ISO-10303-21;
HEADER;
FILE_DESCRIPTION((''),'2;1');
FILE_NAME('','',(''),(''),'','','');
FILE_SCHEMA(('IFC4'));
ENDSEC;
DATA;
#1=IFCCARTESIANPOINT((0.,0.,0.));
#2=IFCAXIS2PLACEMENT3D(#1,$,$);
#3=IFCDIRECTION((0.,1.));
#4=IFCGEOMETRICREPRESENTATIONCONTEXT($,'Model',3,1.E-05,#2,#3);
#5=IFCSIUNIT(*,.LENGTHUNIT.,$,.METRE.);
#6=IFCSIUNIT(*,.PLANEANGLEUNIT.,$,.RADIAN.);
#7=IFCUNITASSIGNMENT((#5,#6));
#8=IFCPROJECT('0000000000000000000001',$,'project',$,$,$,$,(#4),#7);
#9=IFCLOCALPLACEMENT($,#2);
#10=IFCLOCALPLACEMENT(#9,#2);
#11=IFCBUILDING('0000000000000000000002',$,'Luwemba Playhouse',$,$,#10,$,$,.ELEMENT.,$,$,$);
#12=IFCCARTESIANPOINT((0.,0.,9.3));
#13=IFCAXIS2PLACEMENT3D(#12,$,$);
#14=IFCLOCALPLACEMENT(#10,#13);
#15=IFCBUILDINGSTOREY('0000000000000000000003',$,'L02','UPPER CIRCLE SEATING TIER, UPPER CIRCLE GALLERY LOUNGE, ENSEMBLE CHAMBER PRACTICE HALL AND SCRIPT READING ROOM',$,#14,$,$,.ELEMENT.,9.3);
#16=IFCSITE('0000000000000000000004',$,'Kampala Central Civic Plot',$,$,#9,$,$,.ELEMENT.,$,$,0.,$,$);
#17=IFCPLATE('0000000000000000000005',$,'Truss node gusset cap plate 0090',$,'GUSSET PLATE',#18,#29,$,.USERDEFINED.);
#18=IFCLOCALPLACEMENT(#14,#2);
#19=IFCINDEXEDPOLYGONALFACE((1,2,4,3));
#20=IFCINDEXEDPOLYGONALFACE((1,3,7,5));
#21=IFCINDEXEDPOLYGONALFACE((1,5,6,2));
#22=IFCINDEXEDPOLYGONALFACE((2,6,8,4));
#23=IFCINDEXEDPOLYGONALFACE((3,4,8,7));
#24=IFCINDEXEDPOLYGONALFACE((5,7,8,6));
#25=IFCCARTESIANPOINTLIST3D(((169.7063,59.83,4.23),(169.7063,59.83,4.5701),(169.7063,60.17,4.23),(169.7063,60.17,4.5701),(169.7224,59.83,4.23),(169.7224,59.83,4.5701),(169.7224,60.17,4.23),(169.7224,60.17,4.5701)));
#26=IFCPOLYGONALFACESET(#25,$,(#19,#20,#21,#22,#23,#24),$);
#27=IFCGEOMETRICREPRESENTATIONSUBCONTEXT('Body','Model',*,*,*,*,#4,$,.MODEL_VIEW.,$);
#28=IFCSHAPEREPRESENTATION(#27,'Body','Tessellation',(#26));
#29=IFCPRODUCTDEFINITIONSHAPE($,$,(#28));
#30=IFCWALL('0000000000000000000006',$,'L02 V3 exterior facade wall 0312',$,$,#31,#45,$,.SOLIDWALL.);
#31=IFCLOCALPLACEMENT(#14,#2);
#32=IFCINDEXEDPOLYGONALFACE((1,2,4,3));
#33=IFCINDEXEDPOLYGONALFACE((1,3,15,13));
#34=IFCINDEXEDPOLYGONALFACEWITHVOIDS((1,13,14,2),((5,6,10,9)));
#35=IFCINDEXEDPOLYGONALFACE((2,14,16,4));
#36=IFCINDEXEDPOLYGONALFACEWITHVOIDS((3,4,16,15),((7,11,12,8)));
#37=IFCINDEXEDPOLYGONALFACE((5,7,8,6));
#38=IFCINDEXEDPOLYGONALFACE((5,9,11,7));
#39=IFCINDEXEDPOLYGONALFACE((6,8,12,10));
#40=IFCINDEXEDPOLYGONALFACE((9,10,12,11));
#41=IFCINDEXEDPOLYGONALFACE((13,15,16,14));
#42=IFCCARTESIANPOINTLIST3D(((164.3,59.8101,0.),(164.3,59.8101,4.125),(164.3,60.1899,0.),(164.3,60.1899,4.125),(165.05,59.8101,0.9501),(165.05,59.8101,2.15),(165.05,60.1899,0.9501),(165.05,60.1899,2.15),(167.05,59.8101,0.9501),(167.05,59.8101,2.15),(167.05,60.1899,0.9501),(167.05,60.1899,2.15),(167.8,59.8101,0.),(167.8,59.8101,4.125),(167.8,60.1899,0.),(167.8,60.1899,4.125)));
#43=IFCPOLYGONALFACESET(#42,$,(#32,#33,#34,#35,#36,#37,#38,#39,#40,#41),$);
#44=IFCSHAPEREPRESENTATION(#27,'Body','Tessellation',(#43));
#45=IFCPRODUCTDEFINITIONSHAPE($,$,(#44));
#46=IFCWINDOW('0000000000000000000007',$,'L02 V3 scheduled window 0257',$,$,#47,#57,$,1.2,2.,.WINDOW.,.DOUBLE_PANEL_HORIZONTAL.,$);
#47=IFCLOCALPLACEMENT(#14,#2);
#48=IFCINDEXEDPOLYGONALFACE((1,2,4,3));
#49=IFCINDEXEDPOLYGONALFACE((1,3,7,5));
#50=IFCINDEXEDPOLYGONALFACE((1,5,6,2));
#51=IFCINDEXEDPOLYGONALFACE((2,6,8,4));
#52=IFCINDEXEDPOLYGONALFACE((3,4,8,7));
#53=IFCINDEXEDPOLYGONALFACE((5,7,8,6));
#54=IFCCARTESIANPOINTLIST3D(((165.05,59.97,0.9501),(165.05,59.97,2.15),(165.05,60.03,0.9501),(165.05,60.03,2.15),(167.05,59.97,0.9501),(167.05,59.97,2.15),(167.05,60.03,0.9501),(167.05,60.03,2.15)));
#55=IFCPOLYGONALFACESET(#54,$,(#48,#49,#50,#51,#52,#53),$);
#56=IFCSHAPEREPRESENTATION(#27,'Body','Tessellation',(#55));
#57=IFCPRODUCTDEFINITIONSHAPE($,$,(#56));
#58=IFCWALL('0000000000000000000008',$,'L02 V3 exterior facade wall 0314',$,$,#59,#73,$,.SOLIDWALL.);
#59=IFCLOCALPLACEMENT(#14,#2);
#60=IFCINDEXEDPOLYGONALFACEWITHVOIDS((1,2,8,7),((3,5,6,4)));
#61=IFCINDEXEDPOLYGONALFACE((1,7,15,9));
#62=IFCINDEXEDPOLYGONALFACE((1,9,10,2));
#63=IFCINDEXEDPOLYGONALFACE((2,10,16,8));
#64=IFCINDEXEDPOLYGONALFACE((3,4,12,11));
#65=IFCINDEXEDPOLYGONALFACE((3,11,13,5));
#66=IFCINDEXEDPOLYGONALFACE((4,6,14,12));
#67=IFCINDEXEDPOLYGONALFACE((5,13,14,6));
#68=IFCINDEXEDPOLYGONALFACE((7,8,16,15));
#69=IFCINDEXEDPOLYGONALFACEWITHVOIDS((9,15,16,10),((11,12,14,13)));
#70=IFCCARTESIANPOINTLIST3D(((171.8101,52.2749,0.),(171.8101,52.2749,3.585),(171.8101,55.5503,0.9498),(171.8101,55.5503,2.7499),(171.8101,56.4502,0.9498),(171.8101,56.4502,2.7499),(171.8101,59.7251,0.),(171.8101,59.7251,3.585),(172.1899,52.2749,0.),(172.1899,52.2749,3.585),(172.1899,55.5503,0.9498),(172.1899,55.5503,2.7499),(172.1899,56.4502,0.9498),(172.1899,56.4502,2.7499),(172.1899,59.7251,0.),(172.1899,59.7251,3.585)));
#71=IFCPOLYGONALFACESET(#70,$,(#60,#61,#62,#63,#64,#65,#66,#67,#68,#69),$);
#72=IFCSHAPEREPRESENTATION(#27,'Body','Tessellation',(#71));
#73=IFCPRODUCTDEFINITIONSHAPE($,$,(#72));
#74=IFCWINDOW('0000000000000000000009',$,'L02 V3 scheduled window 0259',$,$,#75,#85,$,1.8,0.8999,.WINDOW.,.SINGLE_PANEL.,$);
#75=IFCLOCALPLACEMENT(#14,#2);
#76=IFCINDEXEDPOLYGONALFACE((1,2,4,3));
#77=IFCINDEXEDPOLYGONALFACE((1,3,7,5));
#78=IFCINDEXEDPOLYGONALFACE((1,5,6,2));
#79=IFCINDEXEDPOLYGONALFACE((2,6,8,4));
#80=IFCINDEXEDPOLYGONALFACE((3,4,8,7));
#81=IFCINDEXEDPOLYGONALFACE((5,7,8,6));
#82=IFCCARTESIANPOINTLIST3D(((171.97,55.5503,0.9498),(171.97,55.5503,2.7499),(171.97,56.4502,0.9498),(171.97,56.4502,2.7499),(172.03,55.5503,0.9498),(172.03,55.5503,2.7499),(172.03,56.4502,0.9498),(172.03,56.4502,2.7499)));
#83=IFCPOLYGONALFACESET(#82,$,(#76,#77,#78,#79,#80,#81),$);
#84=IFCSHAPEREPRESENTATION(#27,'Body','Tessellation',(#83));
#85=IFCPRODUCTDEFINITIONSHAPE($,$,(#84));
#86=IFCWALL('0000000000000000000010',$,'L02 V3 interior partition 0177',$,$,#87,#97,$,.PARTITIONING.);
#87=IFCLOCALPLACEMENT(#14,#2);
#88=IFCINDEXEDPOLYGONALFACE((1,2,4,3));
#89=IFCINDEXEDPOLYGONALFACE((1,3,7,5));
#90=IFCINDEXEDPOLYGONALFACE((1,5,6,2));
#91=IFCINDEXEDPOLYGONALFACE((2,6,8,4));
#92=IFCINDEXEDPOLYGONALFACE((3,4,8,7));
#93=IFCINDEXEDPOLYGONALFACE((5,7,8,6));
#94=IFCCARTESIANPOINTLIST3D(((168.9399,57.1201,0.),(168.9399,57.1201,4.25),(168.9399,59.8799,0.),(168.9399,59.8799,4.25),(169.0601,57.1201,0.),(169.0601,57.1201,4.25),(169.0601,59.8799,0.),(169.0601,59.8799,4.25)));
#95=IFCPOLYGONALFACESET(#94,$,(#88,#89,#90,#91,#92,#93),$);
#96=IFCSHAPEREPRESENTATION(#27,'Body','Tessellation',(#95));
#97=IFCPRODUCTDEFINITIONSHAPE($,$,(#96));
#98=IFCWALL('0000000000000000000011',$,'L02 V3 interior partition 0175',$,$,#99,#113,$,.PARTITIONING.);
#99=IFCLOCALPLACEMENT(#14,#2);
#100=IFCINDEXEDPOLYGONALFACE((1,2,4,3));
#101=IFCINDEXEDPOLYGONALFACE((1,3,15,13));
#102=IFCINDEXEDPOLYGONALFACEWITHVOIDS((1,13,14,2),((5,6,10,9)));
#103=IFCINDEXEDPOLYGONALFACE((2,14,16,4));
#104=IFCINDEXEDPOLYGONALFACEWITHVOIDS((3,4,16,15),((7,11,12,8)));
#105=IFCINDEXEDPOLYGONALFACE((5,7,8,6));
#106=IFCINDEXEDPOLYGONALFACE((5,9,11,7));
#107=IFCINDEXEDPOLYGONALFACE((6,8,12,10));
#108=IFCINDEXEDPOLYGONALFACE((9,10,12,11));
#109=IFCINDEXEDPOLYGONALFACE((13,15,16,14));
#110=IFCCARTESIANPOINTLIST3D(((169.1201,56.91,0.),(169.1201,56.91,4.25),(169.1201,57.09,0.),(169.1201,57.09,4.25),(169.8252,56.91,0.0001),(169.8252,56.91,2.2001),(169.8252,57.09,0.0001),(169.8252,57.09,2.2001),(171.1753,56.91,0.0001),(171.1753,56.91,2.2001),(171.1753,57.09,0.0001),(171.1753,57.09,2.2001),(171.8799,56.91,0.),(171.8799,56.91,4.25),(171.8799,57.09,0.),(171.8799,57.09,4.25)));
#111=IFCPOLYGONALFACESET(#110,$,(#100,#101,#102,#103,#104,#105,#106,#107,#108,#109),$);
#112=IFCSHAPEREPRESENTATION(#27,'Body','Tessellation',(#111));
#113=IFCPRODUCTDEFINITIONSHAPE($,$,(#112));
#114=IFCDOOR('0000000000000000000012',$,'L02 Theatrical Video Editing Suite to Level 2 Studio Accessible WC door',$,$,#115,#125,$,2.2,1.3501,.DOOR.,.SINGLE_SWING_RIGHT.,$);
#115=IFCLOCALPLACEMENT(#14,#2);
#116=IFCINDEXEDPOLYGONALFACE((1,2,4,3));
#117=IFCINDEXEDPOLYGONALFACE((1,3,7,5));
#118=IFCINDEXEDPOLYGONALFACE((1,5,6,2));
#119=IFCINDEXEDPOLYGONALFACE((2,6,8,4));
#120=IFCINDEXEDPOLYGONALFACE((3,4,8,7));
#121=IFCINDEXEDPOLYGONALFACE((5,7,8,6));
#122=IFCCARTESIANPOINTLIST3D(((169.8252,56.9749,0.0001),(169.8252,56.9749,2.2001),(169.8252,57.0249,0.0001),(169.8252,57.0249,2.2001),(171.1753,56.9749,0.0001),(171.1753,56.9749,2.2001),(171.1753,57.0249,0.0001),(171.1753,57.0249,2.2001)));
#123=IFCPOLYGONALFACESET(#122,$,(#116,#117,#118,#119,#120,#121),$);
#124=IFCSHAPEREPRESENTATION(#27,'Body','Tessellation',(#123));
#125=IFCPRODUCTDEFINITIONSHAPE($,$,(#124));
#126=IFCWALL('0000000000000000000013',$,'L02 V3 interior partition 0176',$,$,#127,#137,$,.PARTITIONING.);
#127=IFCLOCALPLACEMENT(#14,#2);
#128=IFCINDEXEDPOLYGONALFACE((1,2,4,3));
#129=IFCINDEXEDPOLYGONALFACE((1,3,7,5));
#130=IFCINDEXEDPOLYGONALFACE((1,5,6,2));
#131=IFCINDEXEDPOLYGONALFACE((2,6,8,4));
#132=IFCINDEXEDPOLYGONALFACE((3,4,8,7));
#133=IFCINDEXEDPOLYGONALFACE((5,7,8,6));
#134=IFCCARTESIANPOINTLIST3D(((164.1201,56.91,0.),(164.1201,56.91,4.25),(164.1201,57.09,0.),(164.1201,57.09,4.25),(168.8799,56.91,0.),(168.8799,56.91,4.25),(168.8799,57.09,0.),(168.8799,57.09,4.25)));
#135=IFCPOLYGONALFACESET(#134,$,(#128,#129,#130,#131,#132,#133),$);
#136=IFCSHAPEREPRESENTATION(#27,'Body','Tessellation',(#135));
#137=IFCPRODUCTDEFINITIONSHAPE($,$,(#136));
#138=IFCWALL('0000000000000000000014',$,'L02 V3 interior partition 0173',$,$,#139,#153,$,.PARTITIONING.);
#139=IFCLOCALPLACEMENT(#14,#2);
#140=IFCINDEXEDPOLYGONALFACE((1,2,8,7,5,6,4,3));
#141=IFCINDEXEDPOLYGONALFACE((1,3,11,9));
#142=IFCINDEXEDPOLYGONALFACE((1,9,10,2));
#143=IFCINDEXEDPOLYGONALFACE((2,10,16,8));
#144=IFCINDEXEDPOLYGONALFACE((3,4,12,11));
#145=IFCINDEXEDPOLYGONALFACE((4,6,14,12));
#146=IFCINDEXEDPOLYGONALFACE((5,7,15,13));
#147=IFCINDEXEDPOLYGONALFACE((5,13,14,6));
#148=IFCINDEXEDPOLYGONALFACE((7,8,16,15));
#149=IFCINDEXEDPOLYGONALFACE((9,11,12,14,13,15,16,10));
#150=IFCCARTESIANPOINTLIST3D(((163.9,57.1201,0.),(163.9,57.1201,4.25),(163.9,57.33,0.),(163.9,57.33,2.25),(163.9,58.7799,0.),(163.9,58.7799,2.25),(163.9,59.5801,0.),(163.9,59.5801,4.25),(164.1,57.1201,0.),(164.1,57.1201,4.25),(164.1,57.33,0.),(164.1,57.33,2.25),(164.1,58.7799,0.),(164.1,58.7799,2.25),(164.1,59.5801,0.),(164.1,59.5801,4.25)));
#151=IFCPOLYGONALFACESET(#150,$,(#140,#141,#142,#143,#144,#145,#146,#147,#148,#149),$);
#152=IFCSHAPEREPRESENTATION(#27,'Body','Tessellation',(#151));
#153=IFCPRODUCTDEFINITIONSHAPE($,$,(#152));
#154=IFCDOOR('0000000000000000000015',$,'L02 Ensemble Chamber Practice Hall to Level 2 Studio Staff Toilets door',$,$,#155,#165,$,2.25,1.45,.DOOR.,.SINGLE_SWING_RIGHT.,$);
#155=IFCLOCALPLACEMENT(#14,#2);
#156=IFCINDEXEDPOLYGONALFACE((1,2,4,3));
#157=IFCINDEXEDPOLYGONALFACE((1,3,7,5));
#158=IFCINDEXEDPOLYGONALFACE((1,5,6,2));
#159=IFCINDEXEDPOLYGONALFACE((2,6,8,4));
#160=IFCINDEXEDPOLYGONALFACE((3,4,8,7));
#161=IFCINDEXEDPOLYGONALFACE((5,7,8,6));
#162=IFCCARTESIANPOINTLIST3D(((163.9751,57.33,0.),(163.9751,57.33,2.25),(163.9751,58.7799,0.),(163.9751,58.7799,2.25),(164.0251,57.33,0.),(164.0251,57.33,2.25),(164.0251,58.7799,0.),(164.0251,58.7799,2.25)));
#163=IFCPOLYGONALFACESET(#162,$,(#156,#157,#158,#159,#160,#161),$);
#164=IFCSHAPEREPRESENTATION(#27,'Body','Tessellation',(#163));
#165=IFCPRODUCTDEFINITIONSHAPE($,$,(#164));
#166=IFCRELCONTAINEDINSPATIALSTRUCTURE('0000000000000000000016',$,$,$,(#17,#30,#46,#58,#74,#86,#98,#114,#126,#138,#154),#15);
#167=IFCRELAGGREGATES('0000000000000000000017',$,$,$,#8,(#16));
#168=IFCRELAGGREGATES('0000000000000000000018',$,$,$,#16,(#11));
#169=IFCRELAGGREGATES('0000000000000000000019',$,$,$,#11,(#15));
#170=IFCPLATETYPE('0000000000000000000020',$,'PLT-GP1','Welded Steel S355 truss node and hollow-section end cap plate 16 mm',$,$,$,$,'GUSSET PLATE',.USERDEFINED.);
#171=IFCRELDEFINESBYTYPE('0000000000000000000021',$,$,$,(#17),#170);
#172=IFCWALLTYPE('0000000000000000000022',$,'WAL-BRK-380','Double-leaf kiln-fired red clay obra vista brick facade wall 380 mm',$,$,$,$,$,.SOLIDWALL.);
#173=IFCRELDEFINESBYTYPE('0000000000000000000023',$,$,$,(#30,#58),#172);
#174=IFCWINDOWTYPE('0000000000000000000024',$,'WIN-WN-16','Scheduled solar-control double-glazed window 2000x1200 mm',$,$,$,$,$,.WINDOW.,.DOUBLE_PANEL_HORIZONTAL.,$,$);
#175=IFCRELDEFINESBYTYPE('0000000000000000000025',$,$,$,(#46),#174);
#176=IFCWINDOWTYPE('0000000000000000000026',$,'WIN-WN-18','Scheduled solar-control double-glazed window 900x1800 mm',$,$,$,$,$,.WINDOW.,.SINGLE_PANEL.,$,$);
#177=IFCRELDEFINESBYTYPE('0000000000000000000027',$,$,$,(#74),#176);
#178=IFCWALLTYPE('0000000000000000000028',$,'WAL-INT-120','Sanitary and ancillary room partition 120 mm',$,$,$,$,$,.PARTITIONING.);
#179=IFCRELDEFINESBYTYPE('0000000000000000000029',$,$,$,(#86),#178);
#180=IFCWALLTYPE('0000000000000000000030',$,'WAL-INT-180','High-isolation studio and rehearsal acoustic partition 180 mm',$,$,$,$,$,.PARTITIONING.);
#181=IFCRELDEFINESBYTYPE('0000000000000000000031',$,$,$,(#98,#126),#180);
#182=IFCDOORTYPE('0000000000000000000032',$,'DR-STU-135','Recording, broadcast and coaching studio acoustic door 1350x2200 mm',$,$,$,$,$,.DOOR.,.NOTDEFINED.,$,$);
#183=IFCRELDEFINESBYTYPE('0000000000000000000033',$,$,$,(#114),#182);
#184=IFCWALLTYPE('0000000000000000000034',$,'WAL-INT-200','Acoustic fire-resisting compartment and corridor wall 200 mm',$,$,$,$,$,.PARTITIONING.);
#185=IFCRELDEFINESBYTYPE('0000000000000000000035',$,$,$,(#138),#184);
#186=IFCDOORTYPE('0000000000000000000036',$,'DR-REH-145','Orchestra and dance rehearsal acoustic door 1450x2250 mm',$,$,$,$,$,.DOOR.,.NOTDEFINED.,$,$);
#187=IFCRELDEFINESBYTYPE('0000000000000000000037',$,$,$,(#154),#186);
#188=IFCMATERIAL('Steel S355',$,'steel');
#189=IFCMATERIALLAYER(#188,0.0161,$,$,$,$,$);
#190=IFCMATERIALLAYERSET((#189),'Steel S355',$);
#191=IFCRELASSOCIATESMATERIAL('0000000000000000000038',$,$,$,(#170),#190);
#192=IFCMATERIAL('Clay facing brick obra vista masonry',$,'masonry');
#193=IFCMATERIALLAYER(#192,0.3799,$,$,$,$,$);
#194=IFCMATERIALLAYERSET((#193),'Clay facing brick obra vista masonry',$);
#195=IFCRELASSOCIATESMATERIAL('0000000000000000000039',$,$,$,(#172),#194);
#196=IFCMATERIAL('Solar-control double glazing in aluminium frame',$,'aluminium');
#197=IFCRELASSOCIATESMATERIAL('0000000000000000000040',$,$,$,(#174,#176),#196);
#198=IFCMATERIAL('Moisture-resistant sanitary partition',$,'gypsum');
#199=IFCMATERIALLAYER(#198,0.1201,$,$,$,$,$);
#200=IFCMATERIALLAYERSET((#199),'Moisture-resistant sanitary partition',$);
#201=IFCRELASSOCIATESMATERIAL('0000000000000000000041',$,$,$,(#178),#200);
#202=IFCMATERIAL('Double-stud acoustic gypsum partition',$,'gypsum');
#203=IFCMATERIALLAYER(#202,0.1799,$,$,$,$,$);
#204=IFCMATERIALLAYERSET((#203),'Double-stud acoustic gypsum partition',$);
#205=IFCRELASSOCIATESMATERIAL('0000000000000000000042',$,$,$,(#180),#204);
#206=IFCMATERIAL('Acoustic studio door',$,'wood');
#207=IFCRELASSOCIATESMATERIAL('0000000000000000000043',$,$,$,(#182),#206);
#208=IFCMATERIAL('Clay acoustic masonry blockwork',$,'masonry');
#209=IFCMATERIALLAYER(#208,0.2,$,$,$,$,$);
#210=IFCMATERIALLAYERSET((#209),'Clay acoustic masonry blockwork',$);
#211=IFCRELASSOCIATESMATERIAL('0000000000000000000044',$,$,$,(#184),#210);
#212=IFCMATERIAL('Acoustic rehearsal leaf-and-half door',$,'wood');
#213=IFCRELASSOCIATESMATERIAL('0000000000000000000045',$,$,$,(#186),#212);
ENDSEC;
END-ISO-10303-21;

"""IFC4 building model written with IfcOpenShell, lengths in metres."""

from ifc_helpers import new_model, si_unit, direction, frame, frame_2d, origin, origin_2d, place, context, subcontext, project, spatial, rectangle, extrude, material, layer, layer_set, type_object, element, fill, save


model = new_model("IFC4")

# Units and contexts
model_context = context("Model", 3, precision=1e-05, world=origin(), true_north=direction((0.0, 1.0)))
body_context = subcontext(model_context, "Body", "Model", "MODEL_VIEW")
ifc_project = project(units=[si_unit("LENGTHUNIT", "METRE"), si_unit("PLANEANGLEUNIT", "RADIAN")], contexts=[model_context])

# Site, building, storey
site_placement = place(None, origin())
site = spatial("IfcSite", under=ifc_project, at=site_placement, Name="Kampala Central Civic Plot", CompositionType="ELEMENT", RefElevation=0.0)
building_placement = place(site_placement, origin())
building = spatial("IfcBuilding", under=site, at=building_placement, Name="Luwemba Playhouse", CompositionType="ELEMENT")
storey_placement = place(building_placement, frame((0.0, 0.0, 9.3)))
storey = spatial("IfcBuildingStorey", under=building, at=storey_placement, Name="L02", Description="UPPER CIRCLE SEATING TIER, UPPER CIRCLE GALLERY LOUNGE, ENSEMBLE CHAMBER PRACTICE HALL AND SCRIPT READING ROOM", CompositionType="ELEMENT", Elevation=9.3)

# Shared definitions
ifc_material_1 = material(Name="Steel S355", Category="steel")

# Plate
ifc_layer_1 = layer(ifc_material_1, 0.0161)
ifc_layer_set_1 = layer_set([ifc_layer_1], Name="Steel S355")
plate_type = type_object("IfcPlateType", Name="PLT-GP1", Description="Welded Steel S355 truss node and hollow-section end cap plate 16 mm", ElementType="GUSSET PLATE", PredefinedType="USERDEFINED", material=ifc_layer_set_1)
for number, where, z_axis, x_axis, name in (
    (1, (169.7144, 60.0, 4.23), (0.0, 0.0, 1.0), (1.0, 0.0, 0.0), "Truss node gusset cap plate 0090"),
):
    element("IfcPlate", number, at=place(storey_placement, frame(where, z_axis=z_axis, x_axis=x_axis)), inside=storey, type_object=plate_type, Name=name, ObjectType="GUSSET PLATE", PredefinedType="USERDEFINED", context=body_context, shape_type="SweptSolid", body=[
        extrude(rectangle(XDim=0.0161, YDim=0.3401, at=origin_2d()), origin(), (0.0, 0.0, 1.0), 0.3401),
    ])

# Walls, openings, windows
ifc_material_2 = material(Name="Clay facing brick obra vista masonry", Category="masonry")
ifc_layer_2 = layer(ifc_material_2, 0.3799)
ifc_layer_set_2 = layer_set([ifc_layer_2], Name="Clay facing brick obra vista masonry")
wall_type_1 = type_object("IfcWallType", Name="WAL-BRK-380", Description="Double-leaf kiln-fired red clay obra vista brick facade wall 380 mm", PredefinedType="SOLIDWALL", material=ifc_layer_set_2)
wall_1_placement = place(storey_placement, frame((164.3, 60.0, 0.0), z_axis=(0.0, 0.0, 1.0), x_axis=(1.0, 0.0, 0.0)))
wall_1 = element("IfcWall", 2, at=wall_1_placement, inside=storey, type_object=wall_type_1, Name="L02 V3 exterior facade wall 0312", PredefinedType="SOLIDWALL", context=body_context, shape_type="SweptSolid", body=[
    extrude(rectangle(XDim=3.5, YDim=0.3799, at=frame_2d((1.75, 0.0))), origin(), (0.0, 0.0, 1.0), 4.125),
])
opening_1_placement = place(wall_1_placement, frame((0.75, 0.0, 0.95)))
opening_1 = element("IfcOpeningElement", 3, at=opening_1_placement, cuts=wall_1, PredefinedType="OPENING", context=body_context, shape_type="SweptSolid", body=[
    extrude(rectangle(XDim=2.0, YDim=1.2, at=frame_2d((1.0, 0.6001))), frame((0.0, 0.2, 0.0), z_axis=(0.0, -1.0, 0.0), x_axis=(1.0, 0.0, 0.0)), (0.0, 0.0, 1.0), 0.3999),
])
ifc_material_3 = material(Name="Solar-control double glazing in aluminium frame", Category="aluminium")
window_type_1 = type_object("IfcWindowType", Name="WIN-WN-16", Description="Scheduled solar-control double-glazed window 2000x1200 mm", PartitioningType="DOUBLE_PANEL_HORIZONTAL", PredefinedType="WINDOW", material=ifc_material_3)
window_1_placement = place(opening_1_placement, origin())
window_1 = element("IfcWindow", 4, at=window_1_placement, inside=storey, type_object=window_type_1, Name="L02 V3 scheduled window 0257", OverallHeight=1.2, OverallWidth=2.0, PartitioningType="DOUBLE_PANEL_HORIZONTAL", PredefinedType="WINDOW", context=body_context, shape_type="SweptSolid", body=[
    extrude(rectangle(XDim=2.0, YDim=1.2, at=frame_2d((1.0, 0.6001))), frame((0.0, 0.03, 0.0), z_axis=(0.0, -1.0, 0.0), x_axis=(1.0, 0.0, 0.0)), (0.0, 0.0, 1.0), 0.0601),
])
fill(opening_1, window_1)
wall_2_placement = place(storey_placement, frame((172.0, 59.7251, 0.0), z_axis=(0.0, 0.0, 1.0), x_axis=(0.0, -1.0, 0.0)))
wall_2 = element("IfcWall", 5, at=wall_2_placement, inside=storey, type_object=wall_type_1, Name="L02 V3 exterior facade wall 0314", PredefinedType="SOLIDWALL", context=body_context, shape_type="SweptSolid", body=[
    extrude(rectangle(XDim=7.4502, YDim=0.3799, at=frame_2d((3.7251, 0.0))), origin(), (0.0, 0.0, 1.0), 3.585),
])
opening_2_placement = place(wall_2_placement, frame((3.2749, 0.0, 0.95)))
opening_2 = element("IfcOpeningElement", 6, at=opening_2_placement, cuts=wall_2, PredefinedType="OPENING", context=body_context, shape_type="SweptSolid", body=[
    extrude(rectangle(XDim=0.8999, YDim=1.8, at=frame_2d((0.45, 0.8999))), frame((0.0, 0.2, 0.0), z_axis=(0.0, -1.0, 0.0), x_axis=(1.0, 0.0, 0.0)), (0.0, 0.0, 1.0), 0.3999),
])
window_type_2 = type_object("IfcWindowType", Name="WIN-WN-18", Description="Scheduled solar-control double-glazed window 900x1800 mm", PartitioningType="SINGLE_PANEL", PredefinedType="WINDOW", material=ifc_material_3)
window_2_placement = place(opening_2_placement, origin())
window_2 = element("IfcWindow", 7, at=window_2_placement, inside=storey, type_object=window_type_2, Name="L02 V3 scheduled window 0259", OverallHeight=1.8, OverallWidth=0.8999, PartitioningType="SINGLE_PANEL", PredefinedType="WINDOW", context=body_context, shape_type="SweptSolid", body=[
    extrude(rectangle(XDim=0.8999, YDim=1.8, at=frame_2d((0.45, 0.8999))), frame((0.0, 0.03, 0.0), z_axis=(0.0, -1.0, 0.0), x_axis=(1.0, 0.0, 0.0)), (0.0, 0.0, 1.0), 0.0601),
])
fill(opening_2, window_2)

# Wall
ifc_material_4 = material(Name="Moisture-resistant sanitary partition", Category="gypsum")
ifc_layer_3 = layer(ifc_material_4, 0.1201)
ifc_layer_set_3 = layer_set([ifc_layer_3], Name="Moisture-resistant sanitary partition")
wall_type_2 = type_object("IfcWallType", Name="WAL-INT-120", Description="Sanitary and ancillary room partition 120 mm", PredefinedType="PARTITIONING", material=ifc_layer_set_3)
wall_3_placement = place(storey_placement, frame((169.0, 57.1201, 0.0), z_axis=(0.0, 0.0, 1.0), x_axis=(0.0, 1.0, 0.0)))
element("IfcWall", 8, at=wall_3_placement, inside=storey, type_object=wall_type_2, Name="L02 V3 interior partition 0177", PredefinedType="PARTITIONING", context=body_context, shape_type="SweptSolid", body=[
    extrude(rectangle(XDim=2.7598, YDim=0.1201, at=frame_2d((1.3799, 0.0))), origin(), (0.0, 0.0, 1.0), 4.25),
])

# Wall, opening, door
ifc_material_5 = material(Name="Double-stud acoustic gypsum partition", Category="gypsum")
ifc_layer_4 = layer(ifc_material_5, 0.1799)
ifc_layer_set_4 = layer_set([ifc_layer_4], Name="Double-stud acoustic gypsum partition")
wall_type_3 = type_object("IfcWallType", Name="WAL-INT-180", Description="High-isolation studio and rehearsal acoustic partition 180 mm", PredefinedType="PARTITIONING", material=ifc_layer_set_4)
wall_4_placement = place(storey_placement, frame((169.1201, 57.0, 0.0), z_axis=(0.0, 0.0, 1.0), x_axis=(1.0, 0.0, 0.0)))
wall_4 = element("IfcWall", 9, at=wall_4_placement, inside=storey, type_object=wall_type_3, Name="L02 V3 interior partition 0175", PredefinedType="PARTITIONING", context=body_context, shape_type="SweptSolid", body=[
    extrude(rectangle(XDim=2.7598, YDim=0.1799, at=frame_2d((1.3799, 0.0))), origin(), (0.0, 0.0, 1.0), 4.25),
])
opening_3_placement = place(wall_4_placement, frame((0.7051, 0.0, 0.0)))
opening_3 = element("IfcOpeningElement", 10, at=opening_3_placement, cuts=wall_4, PredefinedType="OPENING", context=body_context, shape_type="SweptSolid", body=[
    extrude(rectangle(XDim=1.3501, YDim=2.2, at=frame_2d((0.675, 1.1001))), frame((0.0, 0.0999, 0.0), z_axis=(0.0, -1.0, 0.0), x_axis=(1.0, 0.0, 0.0)), (0.0, 0.0, 1.0), 0.2),
])
ifc_material_6 = material(Name="Acoustic studio door", Category="wood")
door_type_1 = type_object("IfcDoorType", Name="DR-STU-135", Description="Recording, broadcast and coaching studio acoustic door 1350x2200 mm", OperationType="NOTDEFINED", PredefinedType="DOOR", material=ifc_material_6)
door_1_placement = place(opening_3_placement, origin())
door_1 = element("IfcDoor", 11, at=door_1_placement, inside=storey, type_object=door_type_1, Name="L02 Theatrical Video Editing Suite to Level 2 Studio Accessible WC door", OperationType="SINGLE_SWING_RIGHT", OverallHeight=2.2, OverallWidth=1.3501, PredefinedType="DOOR", context=body_context, shape_type="SweptSolid", body=[
    extrude(rectangle(XDim=1.3501, YDim=2.2, at=frame_2d((0.675, 1.1001))), frame((0.0, 0.0249, 0.0), z_axis=(0.0, -1.0, 0.0), x_axis=(1.0, 0.0, 0.0)), (0.0, 0.0, 1.0), 0.05),
])
fill(opening_3, door_1)

# Wall
wall_5_placement = place(storey_placement, frame((164.1201, 57.0, 0.0), z_axis=(0.0, 0.0, 1.0), x_axis=(1.0, 0.0, 0.0)))
element("IfcWall", 12, at=wall_5_placement, inside=storey, type_object=wall_type_3, Name="L02 V3 interior partition 0176", PredefinedType="PARTITIONING", context=body_context, shape_type="SweptSolid", body=[
    extrude(rectangle(XDim=4.7598, YDim=0.1799, at=frame_2d((2.3799, 0.0))), origin(), (0.0, 0.0, 1.0), 4.25),
])

# Wall, opening, door
ifc_material_7 = material(Name="Clay acoustic masonry blockwork", Category="masonry")
ifc_layer_5 = layer(ifc_material_7, 0.2)
ifc_layer_set_5 = layer_set([ifc_layer_5], Name="Clay acoustic masonry blockwork")
wall_type_4 = type_object("IfcWallType", Name="WAL-INT-200", Description="Acoustic fire-resisting compartment and corridor wall 200 mm", PredefinedType="PARTITIONING", material=ifc_layer_set_5)
wall_6_placement = place(storey_placement, frame((164.0, 57.1201, 0.0), z_axis=(0.0, 0.0, 1.0), x_axis=(0.0, 1.0, 0.0)))
wall_6 = element("IfcWall", 13, at=wall_6_placement, inside=storey, type_object=wall_type_4, Name="L02 V3 interior partition 0173", PredefinedType="PARTITIONING", context=body_context, shape_type="SweptSolid", body=[
    extrude(rectangle(XDim=2.46, YDim=0.2, at=frame_2d((1.23, 0.0))), origin(), (0.0, 0.0, 1.0), 4.25),
])
opening_4_placement = place(wall_6_placement, frame((0.2097, 0.0, 0.0)))
opening_4 = element("IfcOpeningElement", 14, at=opening_4_placement, cuts=wall_6, PredefinedType="OPENING", context=body_context, shape_type="SweptSolid", body=[
    extrude(rectangle(XDim=1.45, YDim=2.25, at=frame_2d((0.7251, 1.125))), frame((0.0, 0.1099, 0.0), z_axis=(0.0, -1.0, 0.0), x_axis=(1.0, 0.0, 0.0)), (0.0, 0.0, 1.0), 0.22),
])
ifc_material_8 = material(Name="Acoustic rehearsal leaf-and-half door", Category="wood")
door_type_2 = type_object("IfcDoorType", Name="DR-REH-145", Description="Orchestra and dance rehearsal acoustic door 1450x2250 mm", OperationType="NOTDEFINED", PredefinedType="DOOR", material=ifc_material_8)
door_2_placement = place(opening_4_placement, origin())
door_2 = element("IfcDoor", 15, at=door_2_placement, inside=storey, type_object=door_type_2, Name="L02 Ensemble Chamber Practice Hall to Level 2 Studio Staff Toilets door", OperationType="SINGLE_SWING_RIGHT", OverallHeight=2.25, OverallWidth=1.45, PredefinedType="DOOR", context=body_context, shape_type="SweptSolid", body=[
    extrude(rectangle(XDim=1.45, YDim=2.25, at=frame_2d((0.7251, 1.125))), frame((0.0, 0.0249, 0.0), z_axis=(0.0, -1.0, 0.0), x_axis=(1.0, 0.0, 0.0)), (0.0, 0.0, 1.0), 0.05),
])
fill(opening_4, door_2)

save(model, "model.ifc")
